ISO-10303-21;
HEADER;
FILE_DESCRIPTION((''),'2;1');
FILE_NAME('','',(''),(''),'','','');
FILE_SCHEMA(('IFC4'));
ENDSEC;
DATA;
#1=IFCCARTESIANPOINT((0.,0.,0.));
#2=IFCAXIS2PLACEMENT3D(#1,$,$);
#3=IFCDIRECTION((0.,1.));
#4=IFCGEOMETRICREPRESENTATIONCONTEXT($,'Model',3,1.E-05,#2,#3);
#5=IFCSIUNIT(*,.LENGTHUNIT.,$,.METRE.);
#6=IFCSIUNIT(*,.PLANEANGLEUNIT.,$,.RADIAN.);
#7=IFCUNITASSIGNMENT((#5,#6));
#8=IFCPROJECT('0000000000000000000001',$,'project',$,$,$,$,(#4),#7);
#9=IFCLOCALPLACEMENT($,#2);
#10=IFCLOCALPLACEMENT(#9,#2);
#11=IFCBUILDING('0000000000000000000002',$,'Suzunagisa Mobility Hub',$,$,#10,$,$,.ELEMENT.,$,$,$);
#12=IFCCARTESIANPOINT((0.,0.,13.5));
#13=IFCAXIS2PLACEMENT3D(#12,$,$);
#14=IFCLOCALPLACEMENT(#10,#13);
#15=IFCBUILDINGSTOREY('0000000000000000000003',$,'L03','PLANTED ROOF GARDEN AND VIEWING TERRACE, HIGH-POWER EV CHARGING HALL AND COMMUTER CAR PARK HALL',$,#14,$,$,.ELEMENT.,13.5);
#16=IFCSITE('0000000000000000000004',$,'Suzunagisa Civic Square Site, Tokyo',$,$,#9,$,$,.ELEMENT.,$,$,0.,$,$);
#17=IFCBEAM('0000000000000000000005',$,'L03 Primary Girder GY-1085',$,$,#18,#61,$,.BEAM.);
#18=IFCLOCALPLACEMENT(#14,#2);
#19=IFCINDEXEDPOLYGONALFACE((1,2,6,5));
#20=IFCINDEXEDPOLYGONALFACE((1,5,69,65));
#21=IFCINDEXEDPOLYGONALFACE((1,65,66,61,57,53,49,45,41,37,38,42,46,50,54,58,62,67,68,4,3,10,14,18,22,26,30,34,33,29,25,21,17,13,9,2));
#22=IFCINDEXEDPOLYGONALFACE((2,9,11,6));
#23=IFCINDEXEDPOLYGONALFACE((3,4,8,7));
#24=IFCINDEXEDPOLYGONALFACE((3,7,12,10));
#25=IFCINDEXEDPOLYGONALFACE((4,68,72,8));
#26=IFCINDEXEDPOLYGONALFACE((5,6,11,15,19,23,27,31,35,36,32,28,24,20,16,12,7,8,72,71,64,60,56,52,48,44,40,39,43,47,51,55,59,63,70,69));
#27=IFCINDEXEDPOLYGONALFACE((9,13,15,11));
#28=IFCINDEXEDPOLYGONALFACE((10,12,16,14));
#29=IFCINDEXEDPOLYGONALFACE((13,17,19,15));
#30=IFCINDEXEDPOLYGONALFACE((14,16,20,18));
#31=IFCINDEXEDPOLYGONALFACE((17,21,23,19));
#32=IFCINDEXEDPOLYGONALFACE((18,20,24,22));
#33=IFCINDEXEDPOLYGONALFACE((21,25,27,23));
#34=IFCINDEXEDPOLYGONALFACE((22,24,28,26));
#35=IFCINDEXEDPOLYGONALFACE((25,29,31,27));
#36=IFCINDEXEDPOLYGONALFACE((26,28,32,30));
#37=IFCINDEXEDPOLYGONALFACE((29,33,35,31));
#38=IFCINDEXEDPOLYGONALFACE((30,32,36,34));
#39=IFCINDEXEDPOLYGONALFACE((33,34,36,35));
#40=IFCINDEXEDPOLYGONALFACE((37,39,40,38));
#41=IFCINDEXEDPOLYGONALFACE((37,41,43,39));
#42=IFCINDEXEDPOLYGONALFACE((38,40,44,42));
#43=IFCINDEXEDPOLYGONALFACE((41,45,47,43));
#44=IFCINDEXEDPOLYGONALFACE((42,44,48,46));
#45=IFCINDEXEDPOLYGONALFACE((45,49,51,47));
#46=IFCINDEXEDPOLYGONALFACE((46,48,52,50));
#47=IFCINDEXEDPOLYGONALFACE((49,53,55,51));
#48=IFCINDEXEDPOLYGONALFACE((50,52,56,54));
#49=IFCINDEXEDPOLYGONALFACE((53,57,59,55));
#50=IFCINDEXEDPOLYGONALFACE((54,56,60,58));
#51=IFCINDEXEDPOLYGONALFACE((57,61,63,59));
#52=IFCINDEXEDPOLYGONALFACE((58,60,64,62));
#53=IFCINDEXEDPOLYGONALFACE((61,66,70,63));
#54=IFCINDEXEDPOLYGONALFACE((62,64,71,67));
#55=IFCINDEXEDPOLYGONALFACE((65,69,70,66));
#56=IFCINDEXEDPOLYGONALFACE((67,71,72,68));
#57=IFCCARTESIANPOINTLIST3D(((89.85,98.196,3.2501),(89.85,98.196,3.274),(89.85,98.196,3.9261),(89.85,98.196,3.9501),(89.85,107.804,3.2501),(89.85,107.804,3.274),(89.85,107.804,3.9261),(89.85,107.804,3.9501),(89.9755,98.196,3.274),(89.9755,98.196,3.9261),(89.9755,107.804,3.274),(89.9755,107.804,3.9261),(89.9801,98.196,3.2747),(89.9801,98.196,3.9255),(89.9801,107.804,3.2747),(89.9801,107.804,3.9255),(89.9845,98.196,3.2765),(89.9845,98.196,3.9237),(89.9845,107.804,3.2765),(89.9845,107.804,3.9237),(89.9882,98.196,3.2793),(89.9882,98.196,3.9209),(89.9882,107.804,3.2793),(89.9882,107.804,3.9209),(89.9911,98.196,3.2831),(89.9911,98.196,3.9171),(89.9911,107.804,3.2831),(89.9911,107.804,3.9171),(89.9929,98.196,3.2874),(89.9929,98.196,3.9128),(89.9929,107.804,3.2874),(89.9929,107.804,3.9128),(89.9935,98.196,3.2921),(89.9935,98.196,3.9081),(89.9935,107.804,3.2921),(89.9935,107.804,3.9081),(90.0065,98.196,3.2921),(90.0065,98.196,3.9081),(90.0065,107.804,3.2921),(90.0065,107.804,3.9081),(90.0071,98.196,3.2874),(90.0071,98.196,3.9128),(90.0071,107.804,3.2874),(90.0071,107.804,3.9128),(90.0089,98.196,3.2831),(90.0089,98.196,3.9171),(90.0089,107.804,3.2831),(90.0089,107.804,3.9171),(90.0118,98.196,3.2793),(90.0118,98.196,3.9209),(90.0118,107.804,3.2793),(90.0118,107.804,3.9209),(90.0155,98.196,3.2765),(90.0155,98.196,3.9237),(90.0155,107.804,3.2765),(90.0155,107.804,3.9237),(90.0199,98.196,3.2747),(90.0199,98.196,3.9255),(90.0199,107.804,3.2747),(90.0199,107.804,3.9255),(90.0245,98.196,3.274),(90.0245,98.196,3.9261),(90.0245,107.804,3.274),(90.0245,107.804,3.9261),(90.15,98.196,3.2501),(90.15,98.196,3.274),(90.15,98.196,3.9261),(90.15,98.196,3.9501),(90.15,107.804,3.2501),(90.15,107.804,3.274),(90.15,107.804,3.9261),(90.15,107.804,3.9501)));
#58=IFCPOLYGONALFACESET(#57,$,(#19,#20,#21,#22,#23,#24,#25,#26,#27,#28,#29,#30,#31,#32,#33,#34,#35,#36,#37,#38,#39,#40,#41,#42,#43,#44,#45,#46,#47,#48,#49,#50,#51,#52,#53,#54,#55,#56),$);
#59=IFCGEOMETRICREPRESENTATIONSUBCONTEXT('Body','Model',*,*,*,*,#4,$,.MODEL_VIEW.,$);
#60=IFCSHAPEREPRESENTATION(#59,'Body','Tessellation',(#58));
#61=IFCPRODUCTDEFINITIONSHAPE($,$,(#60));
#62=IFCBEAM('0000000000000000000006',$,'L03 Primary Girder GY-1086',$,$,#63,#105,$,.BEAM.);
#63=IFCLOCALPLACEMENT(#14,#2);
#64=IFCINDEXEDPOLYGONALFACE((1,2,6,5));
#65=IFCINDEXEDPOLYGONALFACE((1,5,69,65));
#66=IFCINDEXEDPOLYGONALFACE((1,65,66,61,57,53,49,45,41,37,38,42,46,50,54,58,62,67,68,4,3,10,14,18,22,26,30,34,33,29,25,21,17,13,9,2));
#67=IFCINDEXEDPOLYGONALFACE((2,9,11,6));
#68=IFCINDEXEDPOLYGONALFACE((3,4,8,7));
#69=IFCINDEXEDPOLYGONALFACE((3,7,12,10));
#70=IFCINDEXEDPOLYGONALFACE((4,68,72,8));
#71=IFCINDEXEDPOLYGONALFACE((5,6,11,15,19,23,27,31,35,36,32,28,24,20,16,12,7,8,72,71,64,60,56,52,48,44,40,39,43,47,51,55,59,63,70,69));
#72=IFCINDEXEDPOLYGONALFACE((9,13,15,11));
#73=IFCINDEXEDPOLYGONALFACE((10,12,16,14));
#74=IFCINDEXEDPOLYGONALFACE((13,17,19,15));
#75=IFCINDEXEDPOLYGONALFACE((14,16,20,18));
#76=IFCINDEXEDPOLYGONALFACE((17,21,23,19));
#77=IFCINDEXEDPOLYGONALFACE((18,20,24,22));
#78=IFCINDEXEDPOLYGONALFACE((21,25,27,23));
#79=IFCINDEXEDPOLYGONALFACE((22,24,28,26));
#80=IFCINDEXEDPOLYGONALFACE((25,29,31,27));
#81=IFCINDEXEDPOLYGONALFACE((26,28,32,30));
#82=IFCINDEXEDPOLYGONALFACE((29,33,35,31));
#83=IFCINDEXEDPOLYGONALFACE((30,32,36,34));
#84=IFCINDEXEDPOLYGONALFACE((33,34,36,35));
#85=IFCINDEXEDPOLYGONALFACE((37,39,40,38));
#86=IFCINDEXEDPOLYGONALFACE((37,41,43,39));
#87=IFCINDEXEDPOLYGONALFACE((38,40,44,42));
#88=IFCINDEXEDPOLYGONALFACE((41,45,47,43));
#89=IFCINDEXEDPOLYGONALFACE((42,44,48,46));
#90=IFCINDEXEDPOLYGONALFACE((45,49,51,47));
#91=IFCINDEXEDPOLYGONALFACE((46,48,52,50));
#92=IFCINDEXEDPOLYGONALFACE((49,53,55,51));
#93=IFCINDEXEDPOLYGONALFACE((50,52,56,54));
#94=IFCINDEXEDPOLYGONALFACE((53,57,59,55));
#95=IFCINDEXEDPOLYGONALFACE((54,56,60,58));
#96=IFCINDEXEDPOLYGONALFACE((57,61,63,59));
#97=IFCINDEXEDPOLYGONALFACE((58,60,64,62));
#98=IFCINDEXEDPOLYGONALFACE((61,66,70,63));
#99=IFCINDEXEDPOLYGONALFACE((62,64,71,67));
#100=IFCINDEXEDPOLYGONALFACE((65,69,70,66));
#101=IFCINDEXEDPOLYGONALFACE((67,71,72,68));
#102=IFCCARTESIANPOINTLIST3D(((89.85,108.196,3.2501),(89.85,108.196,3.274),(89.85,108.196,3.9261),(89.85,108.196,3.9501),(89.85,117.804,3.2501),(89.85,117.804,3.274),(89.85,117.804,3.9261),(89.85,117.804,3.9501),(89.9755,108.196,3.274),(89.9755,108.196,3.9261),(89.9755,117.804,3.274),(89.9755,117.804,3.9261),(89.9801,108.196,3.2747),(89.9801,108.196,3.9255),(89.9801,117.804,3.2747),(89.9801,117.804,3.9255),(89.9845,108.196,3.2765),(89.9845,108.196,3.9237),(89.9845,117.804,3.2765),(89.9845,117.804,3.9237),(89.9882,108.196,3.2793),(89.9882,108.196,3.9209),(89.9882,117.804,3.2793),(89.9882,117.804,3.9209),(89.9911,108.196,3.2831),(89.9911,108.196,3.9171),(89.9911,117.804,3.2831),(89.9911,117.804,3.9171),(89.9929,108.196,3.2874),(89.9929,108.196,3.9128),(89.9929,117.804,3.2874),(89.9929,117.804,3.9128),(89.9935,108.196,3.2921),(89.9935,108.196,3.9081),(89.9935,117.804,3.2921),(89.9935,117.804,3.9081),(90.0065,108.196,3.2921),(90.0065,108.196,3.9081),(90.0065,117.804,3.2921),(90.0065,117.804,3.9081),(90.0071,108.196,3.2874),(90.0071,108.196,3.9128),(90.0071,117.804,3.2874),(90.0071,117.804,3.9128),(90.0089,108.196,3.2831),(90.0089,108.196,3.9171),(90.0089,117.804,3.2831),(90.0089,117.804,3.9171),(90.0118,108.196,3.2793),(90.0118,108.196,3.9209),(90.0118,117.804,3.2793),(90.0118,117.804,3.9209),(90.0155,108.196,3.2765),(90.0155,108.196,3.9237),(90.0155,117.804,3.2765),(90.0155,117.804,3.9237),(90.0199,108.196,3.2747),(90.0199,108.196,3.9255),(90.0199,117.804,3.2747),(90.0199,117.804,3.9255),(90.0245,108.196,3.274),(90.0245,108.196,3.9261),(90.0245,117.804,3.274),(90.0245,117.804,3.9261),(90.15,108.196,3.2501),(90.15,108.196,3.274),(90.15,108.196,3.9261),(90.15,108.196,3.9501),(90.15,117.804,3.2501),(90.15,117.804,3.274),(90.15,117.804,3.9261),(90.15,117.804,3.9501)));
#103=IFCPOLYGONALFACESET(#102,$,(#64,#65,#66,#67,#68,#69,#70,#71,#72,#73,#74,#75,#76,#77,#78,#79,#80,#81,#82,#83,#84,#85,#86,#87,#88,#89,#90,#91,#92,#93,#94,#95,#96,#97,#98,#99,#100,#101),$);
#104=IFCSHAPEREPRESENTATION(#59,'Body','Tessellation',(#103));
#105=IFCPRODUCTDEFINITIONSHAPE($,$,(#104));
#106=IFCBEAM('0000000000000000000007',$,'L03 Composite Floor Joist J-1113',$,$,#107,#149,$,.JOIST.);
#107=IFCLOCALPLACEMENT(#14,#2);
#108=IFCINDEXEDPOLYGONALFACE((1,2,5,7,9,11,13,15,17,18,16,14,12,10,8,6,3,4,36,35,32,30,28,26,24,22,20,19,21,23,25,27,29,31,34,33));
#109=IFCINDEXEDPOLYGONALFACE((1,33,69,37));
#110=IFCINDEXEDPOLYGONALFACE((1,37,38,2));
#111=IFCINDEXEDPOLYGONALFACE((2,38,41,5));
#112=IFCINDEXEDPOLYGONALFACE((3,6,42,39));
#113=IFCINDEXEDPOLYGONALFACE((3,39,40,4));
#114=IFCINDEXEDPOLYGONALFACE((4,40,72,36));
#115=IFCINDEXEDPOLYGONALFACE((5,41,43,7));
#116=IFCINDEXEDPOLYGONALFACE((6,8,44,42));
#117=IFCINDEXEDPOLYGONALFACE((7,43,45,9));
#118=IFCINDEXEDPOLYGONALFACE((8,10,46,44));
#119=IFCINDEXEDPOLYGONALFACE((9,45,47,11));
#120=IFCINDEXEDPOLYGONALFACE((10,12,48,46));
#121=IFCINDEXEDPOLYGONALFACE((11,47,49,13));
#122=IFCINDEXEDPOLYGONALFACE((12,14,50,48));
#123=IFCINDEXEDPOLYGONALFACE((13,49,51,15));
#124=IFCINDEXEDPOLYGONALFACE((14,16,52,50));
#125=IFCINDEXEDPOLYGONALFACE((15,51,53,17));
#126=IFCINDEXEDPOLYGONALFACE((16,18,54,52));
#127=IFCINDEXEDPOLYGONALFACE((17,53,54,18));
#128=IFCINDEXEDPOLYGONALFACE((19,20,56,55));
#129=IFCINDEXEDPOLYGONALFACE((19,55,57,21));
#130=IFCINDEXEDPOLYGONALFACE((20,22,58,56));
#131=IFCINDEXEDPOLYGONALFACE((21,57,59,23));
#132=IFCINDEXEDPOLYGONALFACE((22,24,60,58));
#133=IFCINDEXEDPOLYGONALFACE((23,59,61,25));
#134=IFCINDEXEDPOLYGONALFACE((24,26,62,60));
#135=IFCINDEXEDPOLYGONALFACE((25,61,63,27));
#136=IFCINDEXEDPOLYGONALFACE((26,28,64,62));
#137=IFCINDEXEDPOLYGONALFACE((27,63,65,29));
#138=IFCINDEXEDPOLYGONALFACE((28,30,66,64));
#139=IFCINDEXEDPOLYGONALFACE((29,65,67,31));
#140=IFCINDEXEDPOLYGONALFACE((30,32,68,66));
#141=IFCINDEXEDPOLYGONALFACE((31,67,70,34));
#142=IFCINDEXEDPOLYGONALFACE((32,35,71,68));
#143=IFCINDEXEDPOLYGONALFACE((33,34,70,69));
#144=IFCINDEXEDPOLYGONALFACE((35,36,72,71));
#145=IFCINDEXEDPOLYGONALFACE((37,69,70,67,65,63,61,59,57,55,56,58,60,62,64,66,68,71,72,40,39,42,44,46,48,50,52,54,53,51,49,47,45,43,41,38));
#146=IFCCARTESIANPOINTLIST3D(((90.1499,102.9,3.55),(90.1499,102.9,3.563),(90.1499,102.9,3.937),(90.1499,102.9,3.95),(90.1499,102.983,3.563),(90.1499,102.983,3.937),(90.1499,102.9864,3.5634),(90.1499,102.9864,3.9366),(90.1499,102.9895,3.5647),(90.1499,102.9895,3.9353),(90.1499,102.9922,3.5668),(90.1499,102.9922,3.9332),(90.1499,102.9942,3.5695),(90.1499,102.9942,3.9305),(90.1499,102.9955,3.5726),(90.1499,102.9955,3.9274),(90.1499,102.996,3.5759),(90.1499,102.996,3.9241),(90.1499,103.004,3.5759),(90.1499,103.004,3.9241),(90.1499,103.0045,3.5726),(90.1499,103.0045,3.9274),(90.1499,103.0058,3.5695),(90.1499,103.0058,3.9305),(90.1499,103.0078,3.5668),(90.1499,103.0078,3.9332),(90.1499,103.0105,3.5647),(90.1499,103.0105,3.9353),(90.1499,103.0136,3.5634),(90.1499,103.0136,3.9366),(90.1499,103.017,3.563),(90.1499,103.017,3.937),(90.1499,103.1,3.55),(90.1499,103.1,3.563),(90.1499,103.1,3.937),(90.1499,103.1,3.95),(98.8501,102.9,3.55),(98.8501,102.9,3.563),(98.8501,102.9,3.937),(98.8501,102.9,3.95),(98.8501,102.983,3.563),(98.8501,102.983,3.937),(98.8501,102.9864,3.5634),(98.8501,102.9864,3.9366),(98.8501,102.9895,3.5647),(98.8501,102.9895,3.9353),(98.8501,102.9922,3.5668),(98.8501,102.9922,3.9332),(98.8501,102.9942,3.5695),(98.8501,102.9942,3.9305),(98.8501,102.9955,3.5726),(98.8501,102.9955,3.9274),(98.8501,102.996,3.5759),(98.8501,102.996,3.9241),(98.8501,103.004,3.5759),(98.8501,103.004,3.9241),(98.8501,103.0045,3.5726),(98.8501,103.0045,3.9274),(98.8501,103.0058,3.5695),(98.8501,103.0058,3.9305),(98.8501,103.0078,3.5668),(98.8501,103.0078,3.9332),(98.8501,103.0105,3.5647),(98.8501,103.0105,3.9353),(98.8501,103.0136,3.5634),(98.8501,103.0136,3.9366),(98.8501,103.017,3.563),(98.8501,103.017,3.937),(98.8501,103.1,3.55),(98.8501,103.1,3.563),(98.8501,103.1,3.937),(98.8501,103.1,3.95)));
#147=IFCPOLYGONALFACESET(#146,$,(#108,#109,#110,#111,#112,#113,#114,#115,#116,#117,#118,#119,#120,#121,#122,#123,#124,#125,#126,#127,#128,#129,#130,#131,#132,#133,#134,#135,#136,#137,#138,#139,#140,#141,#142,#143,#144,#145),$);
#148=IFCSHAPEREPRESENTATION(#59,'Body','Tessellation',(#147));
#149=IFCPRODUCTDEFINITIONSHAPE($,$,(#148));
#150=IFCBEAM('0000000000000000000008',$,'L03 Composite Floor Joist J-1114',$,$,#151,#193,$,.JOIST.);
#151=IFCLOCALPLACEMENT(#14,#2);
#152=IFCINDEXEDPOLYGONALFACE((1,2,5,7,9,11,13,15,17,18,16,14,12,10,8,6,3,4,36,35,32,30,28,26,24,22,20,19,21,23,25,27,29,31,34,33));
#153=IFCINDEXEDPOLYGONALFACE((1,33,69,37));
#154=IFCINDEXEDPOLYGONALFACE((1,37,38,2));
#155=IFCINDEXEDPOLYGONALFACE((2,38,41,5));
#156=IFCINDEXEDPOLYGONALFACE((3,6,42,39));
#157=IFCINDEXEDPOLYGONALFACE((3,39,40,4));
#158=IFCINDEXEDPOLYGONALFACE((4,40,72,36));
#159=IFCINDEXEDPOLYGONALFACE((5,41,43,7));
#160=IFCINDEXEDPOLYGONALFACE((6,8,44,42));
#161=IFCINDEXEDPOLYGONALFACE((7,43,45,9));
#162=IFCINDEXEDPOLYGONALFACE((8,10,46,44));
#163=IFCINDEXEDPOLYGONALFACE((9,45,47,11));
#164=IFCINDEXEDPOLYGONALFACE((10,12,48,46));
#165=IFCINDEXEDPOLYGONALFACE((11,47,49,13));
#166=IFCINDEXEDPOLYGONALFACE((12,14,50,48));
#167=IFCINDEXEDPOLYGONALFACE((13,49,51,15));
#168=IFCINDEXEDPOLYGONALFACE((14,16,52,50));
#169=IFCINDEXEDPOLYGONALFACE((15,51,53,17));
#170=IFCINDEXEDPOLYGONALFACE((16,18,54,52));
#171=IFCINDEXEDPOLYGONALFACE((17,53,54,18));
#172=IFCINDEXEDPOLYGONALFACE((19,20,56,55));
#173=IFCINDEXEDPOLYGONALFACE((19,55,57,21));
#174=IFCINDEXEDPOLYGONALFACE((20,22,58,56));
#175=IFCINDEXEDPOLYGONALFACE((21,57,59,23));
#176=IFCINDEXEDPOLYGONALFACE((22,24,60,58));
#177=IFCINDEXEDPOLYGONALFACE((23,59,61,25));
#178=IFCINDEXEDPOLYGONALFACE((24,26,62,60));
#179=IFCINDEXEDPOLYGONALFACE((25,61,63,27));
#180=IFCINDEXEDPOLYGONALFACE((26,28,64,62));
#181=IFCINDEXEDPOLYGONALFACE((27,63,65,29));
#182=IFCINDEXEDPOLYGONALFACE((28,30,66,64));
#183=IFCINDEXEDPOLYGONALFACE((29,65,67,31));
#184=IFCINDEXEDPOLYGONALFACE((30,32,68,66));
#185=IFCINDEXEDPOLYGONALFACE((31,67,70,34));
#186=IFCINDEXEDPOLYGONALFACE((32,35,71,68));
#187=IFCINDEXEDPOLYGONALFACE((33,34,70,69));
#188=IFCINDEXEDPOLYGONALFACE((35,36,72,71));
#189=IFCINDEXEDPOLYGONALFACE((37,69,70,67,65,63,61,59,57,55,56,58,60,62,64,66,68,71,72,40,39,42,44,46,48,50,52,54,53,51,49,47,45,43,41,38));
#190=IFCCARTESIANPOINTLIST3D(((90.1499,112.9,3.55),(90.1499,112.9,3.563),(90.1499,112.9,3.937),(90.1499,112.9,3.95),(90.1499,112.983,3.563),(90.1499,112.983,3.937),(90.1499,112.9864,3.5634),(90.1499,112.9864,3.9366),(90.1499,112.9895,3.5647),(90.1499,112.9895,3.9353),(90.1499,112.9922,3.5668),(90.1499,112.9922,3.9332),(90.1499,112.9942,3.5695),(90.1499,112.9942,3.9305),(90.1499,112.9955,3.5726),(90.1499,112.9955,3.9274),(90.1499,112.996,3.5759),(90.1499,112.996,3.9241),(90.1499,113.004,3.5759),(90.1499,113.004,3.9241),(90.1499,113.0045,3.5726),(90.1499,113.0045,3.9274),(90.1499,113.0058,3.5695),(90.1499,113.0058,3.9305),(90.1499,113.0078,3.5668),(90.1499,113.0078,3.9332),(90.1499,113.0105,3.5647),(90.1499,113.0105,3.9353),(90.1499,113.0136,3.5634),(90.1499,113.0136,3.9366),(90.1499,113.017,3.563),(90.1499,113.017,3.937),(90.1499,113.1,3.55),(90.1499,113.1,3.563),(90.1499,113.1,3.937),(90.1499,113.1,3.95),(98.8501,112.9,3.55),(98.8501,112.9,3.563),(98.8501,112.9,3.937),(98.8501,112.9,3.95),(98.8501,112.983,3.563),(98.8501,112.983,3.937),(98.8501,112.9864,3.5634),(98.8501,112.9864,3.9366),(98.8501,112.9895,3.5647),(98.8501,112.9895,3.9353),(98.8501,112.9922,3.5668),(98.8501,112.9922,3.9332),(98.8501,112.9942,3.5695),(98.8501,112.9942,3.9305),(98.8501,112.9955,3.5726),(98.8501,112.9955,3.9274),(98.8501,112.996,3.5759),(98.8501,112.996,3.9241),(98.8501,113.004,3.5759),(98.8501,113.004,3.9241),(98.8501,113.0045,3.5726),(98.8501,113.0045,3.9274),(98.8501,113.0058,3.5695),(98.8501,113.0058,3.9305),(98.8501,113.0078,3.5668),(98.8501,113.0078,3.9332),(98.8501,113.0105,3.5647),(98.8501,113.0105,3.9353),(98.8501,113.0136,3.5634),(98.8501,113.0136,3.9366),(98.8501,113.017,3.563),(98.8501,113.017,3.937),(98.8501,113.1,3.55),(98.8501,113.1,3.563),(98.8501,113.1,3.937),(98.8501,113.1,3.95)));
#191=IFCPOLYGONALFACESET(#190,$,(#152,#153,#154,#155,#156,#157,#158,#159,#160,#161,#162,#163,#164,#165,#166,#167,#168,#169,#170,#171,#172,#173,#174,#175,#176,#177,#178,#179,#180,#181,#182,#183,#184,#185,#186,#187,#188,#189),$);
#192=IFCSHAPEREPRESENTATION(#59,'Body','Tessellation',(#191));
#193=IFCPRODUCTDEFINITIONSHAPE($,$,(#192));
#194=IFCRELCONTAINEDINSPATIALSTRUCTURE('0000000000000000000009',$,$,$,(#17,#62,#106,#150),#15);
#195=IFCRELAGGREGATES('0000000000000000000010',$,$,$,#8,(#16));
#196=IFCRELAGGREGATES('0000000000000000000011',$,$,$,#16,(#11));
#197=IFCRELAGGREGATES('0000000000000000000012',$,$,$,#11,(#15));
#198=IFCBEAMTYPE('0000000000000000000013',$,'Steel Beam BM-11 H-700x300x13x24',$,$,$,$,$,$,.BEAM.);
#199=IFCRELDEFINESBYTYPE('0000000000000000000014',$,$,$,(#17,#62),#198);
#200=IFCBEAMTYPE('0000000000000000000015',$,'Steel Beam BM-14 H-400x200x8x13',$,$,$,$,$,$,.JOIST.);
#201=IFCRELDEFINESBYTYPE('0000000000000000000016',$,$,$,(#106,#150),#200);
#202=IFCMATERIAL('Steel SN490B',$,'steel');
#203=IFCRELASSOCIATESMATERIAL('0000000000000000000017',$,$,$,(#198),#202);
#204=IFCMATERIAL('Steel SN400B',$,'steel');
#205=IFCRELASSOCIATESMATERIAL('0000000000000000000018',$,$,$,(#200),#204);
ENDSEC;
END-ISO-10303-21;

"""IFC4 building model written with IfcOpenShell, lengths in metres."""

from ifc_helpers import new_model, si_unit, direction, frame, origin, origin_2d, place, context, subcontext, project, spatial, i_section, extrude, material, material_profile, profile_set, type_object, element, save


model = new_model("IFC4")

# Units and contexts
model_context = context("Model", 3, precision=1e-05, world=origin(), true_north=direction((0.0, 1.0)))
body_context = subcontext(model_context, "Body", "Model", "MODEL_VIEW")
ifc_project = project(units=[si_unit("LENGTHUNIT", "METRE"), si_unit("PLANEANGLEUNIT", "RADIAN")], contexts=[model_context])

# Site, building, storey
site_placement = place(None, origin())
site = spatial("IfcSite", under=ifc_project, at=site_placement, Name="Suzunagisa Civic Square Site, Tokyo", CompositionType="ELEMENT", RefElevation=0.0)
building_placement = place(site_placement, origin())
building = spatial("IfcBuilding", under=site, at=building_placement, Name="Suzunagisa Mobility Hub", CompositionType="ELEMENT")
storey_placement = place(building_placement, frame((0.0, 0.0, 13.5)))
storey = spatial("IfcBuildingStorey", under=building, at=storey_placement, Name="L03", Description="PLANTED ROOF GARDEN AND VIEWING TERRACE, HIGH-POWER EV CHARGING HALL AND COMMUTER CAR PARK HALL", CompositionType="ELEMENT", Elevation=13.5)

# Shared definitions
ifc_material_1 = material(Name="Steel SN490B", Category="steel")

# Beams
ifc_material_profile_1 = material_profile(ifc_material_1, i_section(OverallWidth=0.3, OverallDepth=0.7, WebThickness=0.0129, FlangeThickness=0.0239, FilletRadius=0.0181, at=origin_2d()), Name="H-700x300x13x24")
ifc_profile_set_1 = profile_set([ifc_material_profile_1], Name="Steel SN490B")
beam_type_1 = type_object("IfcBeamType", Name="Steel Beam BM-11 H-700x300x13x24", PredefinedType="BEAM", material=ifc_profile_set_1)
for number, where, z_axis, x_axis, name in (
    (1, (90.0, 98.196, 3.6001), (0.0, 1.0, 0.0), (-1.0, 0.0, 0.0), "L03 Primary Girder GY-1085"),
    (2, (90.0, 108.196, 3.6001), (0.0, 1.0, 0.0), (-1.0, 0.0, 0.0), "L03 Primary Girder GY-1086"),
):
    element("IfcBeam", number, at=place(storey_placement, frame(where, z_axis=z_axis, x_axis=x_axis)), inside=storey, type_object=beam_type_1, Name=name, PredefinedType="BEAM", context=body_context, shape_type="SweptSolid", body=[
        extrude(i_section(OverallWidth=0.3, OverallDepth=0.7, WebThickness=0.0129, FlangeThickness=0.0239, FilletRadius=0.0181, at=origin_2d()), origin(), (0.0, 0.0, 1.0), 9.6079),
    ])
ifc_material_2 = material(Name="Steel SN400B", Category="steel")
ifc_material_profile_2 = material_profile(ifc_material_2, i_section(OverallWidth=0.2, OverallDepth=0.3999, WebThickness=0.0081, FlangeThickness=0.0129, FilletRadius=0.0129, at=origin_2d()), Name="H-400x200x8x13")
ifc_profile_set_2 = profile_set([ifc_material_profile_2], Name="Steel SN400B")
beam_type_2 = type_object("IfcBeamType", Name="Steel Beam BM-14 H-400x200x8x13", PredefinedType="JOIST", material=ifc_profile_set_2)
for number, where, z_axis, x_axis, name in (
    (3, (90.1499, 103.0, 3.75), (1.0, 0.0, 0.0), (0.0, 1.0, 0.0), "L03 Composite Floor Joist J-1113"),
    (4, (90.1499, 113.0, 3.75), (1.0, 0.0, 0.0), (0.0, 1.0, 0.0), "L03 Composite Floor Joist J-1114"),
):
    element("IfcBeam", number, at=place(storey_placement, frame(where, z_axis=z_axis, x_axis=x_axis)), inside=storey, type_object=beam_type_2, Name=name, PredefinedType="JOIST", context=body_context, shape_type="SweptSolid", body=[
        extrude(i_section(OverallWidth=0.2, OverallDepth=0.3999, WebThickness=0.0081, FlangeThickness=0.0129, FilletRadius=0.0129, at=origin_2d()), origin(), (0.0, 0.0, 1.0), 8.7002),
    ])

save(model, "model.ifc")
